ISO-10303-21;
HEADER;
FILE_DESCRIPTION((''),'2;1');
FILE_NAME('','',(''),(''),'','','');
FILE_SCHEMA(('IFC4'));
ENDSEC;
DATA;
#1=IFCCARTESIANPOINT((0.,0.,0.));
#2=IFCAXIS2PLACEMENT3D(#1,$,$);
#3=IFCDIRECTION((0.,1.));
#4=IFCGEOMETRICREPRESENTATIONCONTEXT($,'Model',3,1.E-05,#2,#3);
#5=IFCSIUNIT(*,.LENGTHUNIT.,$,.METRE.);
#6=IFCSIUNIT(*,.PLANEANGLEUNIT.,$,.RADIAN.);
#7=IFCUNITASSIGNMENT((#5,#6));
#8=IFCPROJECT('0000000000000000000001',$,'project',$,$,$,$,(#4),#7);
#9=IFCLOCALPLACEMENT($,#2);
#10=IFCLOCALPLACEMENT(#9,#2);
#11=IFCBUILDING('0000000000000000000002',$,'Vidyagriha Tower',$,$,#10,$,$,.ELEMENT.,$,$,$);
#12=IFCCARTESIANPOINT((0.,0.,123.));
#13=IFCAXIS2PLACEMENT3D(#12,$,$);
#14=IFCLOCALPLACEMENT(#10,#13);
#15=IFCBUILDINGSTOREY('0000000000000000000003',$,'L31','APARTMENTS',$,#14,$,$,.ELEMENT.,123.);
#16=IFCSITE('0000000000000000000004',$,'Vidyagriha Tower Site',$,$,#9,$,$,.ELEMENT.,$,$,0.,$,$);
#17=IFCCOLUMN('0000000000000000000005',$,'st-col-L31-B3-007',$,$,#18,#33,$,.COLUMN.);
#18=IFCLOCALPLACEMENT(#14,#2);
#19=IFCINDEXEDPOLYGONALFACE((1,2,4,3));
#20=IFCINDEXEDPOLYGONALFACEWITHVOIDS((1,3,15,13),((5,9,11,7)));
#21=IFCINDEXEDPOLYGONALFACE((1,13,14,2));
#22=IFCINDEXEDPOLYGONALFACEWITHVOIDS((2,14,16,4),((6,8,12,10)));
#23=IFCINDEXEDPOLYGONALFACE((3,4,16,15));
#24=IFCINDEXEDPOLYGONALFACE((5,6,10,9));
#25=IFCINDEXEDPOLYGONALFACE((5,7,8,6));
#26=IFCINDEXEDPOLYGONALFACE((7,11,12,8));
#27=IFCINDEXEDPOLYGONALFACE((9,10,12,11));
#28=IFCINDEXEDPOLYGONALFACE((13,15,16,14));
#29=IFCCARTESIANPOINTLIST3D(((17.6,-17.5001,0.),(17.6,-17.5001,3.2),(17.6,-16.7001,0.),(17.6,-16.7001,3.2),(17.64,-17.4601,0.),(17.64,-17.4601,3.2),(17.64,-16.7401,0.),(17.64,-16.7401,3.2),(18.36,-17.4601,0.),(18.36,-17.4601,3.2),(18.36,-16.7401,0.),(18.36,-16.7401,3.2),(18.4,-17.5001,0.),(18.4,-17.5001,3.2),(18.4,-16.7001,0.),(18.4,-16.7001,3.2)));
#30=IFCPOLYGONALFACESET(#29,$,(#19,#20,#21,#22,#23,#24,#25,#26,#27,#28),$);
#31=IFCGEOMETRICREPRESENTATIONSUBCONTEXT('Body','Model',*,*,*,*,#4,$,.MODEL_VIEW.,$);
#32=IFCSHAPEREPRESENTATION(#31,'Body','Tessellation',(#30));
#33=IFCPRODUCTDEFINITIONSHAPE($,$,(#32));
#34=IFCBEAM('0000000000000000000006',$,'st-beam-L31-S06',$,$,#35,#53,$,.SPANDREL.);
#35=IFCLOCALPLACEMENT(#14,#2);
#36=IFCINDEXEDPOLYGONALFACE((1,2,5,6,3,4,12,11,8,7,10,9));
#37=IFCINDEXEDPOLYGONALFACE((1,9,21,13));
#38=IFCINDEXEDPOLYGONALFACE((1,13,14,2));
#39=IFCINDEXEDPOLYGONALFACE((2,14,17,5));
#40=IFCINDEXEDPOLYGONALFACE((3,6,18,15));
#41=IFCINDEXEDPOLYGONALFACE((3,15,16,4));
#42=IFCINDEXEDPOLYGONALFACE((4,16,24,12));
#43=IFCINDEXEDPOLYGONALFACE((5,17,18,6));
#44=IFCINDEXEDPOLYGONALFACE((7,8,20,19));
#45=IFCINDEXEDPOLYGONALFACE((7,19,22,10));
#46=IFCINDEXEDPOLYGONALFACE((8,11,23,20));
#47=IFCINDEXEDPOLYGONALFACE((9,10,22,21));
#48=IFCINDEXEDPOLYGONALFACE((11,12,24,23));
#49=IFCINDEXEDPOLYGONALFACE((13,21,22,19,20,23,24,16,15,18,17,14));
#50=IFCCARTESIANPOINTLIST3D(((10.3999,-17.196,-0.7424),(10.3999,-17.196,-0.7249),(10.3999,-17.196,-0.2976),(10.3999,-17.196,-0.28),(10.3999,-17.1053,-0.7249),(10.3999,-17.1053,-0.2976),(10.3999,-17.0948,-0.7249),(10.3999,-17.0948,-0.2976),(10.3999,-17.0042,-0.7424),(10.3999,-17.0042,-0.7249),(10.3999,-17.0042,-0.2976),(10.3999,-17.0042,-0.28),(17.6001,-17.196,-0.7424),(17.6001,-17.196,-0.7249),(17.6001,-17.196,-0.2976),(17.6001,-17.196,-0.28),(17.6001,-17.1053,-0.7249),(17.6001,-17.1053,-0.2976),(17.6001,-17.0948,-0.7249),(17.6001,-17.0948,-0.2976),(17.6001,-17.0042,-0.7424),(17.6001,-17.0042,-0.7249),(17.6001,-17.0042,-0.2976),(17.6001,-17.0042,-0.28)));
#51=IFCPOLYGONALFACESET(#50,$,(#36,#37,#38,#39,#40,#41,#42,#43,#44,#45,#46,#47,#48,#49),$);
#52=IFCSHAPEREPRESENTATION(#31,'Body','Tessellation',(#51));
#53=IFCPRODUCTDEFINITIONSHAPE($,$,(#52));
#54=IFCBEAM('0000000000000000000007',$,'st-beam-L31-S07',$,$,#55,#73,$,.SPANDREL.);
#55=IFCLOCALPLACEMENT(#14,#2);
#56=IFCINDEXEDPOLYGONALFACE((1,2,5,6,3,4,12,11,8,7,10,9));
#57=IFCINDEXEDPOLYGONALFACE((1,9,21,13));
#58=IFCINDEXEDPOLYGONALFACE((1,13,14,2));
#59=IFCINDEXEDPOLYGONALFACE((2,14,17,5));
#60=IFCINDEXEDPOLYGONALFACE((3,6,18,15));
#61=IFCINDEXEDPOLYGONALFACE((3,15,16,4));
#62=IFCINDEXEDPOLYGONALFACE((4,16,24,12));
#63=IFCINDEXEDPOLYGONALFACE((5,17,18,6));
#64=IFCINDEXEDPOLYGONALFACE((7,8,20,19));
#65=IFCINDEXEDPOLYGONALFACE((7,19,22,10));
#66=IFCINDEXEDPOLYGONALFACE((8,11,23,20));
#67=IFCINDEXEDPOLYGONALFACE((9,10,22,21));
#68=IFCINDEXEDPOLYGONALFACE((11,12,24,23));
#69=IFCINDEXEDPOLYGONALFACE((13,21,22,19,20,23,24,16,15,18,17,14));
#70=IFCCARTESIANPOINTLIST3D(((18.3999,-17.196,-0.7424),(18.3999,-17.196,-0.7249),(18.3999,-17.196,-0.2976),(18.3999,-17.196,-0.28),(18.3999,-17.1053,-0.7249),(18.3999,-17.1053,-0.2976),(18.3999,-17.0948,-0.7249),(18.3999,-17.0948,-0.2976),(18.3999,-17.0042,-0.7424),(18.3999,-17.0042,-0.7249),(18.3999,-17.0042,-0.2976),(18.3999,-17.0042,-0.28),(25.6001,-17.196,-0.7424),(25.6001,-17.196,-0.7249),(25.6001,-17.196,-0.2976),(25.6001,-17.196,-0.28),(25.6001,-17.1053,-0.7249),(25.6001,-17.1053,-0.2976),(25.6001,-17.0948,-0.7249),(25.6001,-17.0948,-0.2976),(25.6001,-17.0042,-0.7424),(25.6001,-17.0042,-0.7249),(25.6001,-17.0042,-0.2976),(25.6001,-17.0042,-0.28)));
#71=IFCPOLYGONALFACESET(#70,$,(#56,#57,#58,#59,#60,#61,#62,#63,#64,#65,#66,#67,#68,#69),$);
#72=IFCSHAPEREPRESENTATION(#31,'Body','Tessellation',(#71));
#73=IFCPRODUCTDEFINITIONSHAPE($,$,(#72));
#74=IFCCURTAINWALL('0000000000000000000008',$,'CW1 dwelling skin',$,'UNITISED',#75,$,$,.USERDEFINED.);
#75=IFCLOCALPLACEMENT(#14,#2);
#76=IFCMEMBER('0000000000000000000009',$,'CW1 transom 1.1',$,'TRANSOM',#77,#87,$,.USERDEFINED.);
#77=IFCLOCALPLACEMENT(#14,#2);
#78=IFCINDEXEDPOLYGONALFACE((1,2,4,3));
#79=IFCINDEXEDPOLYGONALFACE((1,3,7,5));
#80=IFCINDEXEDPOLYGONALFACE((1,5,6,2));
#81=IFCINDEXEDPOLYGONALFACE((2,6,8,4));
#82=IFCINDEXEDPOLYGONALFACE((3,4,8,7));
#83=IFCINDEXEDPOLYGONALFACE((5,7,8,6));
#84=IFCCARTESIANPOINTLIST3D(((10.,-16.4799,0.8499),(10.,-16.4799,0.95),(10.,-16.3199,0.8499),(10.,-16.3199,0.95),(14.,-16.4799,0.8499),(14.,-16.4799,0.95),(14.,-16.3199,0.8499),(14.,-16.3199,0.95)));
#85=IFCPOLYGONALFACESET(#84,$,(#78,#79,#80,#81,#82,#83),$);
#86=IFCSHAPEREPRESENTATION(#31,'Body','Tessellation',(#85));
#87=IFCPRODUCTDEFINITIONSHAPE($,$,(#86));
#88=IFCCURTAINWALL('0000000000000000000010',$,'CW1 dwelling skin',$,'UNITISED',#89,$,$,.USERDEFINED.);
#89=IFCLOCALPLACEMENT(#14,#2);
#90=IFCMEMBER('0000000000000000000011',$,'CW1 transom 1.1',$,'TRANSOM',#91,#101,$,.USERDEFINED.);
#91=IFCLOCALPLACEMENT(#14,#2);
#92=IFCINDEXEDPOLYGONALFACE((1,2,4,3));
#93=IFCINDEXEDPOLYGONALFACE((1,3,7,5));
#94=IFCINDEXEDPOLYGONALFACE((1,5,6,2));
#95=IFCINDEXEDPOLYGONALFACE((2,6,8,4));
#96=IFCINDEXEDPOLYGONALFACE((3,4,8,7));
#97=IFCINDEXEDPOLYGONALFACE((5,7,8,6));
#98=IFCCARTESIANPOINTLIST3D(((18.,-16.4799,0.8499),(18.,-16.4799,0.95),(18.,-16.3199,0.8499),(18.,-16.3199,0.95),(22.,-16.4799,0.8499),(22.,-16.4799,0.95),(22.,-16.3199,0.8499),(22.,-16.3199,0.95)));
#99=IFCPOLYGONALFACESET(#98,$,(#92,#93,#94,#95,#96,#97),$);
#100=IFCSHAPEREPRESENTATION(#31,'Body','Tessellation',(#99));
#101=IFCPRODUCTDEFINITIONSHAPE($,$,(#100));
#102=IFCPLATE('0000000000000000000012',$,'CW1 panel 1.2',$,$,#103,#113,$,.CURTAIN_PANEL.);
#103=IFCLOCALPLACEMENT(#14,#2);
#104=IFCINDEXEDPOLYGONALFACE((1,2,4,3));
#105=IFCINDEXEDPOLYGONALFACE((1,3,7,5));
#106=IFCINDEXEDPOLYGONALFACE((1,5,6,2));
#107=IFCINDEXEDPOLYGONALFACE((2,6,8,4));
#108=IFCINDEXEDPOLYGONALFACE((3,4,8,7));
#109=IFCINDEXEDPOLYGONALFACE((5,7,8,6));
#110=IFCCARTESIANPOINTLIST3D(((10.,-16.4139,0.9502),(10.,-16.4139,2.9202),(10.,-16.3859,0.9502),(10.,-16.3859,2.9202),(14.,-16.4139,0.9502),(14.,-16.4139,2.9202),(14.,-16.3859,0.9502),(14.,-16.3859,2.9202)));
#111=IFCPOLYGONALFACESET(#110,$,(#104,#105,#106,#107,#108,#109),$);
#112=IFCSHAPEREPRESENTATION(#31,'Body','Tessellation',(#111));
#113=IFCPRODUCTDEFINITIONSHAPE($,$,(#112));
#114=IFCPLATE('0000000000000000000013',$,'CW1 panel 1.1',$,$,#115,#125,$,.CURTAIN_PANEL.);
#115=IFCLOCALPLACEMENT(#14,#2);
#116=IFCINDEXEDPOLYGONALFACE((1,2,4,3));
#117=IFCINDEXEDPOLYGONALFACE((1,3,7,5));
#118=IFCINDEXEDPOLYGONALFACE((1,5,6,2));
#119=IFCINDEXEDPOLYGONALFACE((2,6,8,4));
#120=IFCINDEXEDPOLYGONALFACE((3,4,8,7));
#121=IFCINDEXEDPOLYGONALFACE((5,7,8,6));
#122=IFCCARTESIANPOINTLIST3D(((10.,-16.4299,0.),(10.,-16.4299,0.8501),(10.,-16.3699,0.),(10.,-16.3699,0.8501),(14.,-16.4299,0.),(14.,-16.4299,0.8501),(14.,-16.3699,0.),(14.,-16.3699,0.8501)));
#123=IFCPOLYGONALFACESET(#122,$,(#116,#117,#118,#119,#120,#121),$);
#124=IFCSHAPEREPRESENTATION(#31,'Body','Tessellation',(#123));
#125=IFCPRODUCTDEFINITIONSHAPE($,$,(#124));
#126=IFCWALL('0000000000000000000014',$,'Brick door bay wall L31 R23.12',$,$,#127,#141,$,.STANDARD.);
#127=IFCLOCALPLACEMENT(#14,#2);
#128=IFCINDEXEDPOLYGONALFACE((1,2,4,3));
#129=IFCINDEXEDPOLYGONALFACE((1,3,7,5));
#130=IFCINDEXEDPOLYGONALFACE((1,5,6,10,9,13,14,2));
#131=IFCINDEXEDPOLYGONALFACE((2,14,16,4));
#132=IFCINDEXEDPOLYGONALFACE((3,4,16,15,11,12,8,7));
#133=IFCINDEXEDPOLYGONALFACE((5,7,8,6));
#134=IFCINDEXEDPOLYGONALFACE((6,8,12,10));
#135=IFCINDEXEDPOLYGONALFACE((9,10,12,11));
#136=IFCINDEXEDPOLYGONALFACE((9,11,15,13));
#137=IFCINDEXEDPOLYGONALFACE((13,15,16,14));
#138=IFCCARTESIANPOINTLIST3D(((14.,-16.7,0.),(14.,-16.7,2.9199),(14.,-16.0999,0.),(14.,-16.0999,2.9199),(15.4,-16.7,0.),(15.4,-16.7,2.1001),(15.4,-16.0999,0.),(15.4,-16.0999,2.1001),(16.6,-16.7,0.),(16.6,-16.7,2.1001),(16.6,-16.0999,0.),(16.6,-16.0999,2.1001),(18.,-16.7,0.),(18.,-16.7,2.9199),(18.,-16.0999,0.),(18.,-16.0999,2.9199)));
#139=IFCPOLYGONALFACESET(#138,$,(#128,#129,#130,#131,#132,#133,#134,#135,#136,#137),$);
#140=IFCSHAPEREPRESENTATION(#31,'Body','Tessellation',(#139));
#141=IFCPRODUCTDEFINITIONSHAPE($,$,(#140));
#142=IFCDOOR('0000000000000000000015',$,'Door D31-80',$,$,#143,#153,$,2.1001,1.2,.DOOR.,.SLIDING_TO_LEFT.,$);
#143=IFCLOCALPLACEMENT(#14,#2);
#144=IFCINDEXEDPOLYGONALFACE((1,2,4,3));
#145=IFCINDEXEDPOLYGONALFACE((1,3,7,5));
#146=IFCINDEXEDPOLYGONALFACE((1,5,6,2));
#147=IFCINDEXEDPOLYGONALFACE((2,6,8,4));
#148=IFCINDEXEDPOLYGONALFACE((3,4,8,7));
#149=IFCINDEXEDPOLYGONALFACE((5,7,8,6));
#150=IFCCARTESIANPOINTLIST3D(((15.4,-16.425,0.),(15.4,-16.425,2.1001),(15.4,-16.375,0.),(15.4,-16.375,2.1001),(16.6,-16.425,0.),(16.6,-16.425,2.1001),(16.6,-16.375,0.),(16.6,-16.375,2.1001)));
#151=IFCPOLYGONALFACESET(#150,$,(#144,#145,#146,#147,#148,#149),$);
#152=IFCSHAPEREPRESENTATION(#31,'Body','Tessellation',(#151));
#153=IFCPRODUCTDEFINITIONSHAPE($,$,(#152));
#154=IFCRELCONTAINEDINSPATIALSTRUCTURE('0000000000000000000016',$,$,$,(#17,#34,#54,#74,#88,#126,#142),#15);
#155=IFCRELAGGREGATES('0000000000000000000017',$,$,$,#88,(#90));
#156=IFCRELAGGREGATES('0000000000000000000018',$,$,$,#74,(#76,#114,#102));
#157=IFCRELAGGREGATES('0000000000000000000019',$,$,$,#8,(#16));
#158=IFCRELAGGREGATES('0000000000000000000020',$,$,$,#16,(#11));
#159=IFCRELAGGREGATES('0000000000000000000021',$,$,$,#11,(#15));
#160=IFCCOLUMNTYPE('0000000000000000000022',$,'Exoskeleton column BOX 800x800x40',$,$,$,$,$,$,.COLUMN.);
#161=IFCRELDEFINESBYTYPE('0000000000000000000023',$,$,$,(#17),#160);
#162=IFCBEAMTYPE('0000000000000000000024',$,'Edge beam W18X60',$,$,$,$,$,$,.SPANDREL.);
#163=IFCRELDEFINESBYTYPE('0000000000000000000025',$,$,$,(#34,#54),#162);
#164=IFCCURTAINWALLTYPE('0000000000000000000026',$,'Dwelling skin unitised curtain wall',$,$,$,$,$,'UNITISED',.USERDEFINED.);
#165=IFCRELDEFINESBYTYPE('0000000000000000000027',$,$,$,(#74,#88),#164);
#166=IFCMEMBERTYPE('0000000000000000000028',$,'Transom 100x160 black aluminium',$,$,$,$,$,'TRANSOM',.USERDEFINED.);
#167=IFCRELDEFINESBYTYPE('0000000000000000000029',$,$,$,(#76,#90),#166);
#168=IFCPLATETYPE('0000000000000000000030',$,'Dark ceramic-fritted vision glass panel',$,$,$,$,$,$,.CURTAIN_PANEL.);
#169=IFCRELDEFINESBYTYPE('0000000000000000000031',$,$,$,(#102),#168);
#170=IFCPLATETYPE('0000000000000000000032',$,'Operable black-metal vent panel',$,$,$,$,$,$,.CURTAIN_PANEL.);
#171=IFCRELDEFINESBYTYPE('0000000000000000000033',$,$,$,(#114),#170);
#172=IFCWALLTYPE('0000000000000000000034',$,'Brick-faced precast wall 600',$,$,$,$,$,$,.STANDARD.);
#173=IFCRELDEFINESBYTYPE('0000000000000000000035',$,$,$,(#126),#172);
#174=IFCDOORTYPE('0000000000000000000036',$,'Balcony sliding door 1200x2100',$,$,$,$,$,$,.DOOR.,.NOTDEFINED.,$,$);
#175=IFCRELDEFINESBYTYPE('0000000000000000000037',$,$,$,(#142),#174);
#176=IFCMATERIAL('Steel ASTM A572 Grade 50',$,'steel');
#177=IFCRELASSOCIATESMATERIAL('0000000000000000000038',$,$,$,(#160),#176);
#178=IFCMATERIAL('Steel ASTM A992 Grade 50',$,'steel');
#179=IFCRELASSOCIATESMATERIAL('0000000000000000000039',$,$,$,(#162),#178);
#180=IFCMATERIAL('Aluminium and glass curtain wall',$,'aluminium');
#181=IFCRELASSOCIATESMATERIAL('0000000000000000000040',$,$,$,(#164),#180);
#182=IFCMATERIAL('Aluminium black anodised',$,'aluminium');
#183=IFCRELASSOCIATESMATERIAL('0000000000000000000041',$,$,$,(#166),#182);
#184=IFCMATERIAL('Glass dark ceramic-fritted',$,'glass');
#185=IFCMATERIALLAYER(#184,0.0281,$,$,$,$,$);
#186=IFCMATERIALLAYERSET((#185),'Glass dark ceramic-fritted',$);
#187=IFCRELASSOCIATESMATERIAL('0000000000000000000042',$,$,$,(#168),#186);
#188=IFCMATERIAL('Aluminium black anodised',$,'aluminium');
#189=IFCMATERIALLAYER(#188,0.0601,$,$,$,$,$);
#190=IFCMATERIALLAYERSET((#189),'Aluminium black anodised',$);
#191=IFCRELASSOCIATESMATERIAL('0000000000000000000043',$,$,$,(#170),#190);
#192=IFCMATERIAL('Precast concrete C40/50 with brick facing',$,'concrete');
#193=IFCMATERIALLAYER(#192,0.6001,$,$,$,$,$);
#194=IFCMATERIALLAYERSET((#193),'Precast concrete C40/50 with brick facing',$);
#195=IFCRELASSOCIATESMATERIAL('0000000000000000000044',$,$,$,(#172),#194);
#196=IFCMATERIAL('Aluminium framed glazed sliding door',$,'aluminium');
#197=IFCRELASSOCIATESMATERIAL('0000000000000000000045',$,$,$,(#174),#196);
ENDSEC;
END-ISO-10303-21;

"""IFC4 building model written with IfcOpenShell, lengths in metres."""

from ifc_helpers import new_model, si_unit, direction, frame, frame_2d, origin, origin_2d, place, context, subcontext, project, spatial, rectangle, hollow_rectangle, i_section, extrude, material, layer, layer_set, material_profile, profile_set, type_object, element, fill, aggregate, save


model = new_model("IFC4")

# Units and contexts
model_context = context("Model", 3, precision=1e-05, world=origin(), true_north=direction((0.0, 1.0)))
body_context = subcontext(model_context, "Body", "Model", "MODEL_VIEW")
ifc_project = project(units=[si_unit("LENGTHUNIT", "METRE"), si_unit("PLANEANGLEUNIT", "RADIAN")], contexts=[model_context])

# Site, building, storey
site_placement = place(None, origin())
site = spatial("IfcSite", under=ifc_project, at=site_placement, Name="Vidyagriha Tower Site", CompositionType="ELEMENT", RefElevation=0.0)
building_placement = place(site_placement, origin())
building = spatial("IfcBuilding", under=site, at=building_placement, Name="Vidyagriha Tower", CompositionType="ELEMENT")
storey_placement = place(building_placement, frame((0.0, 0.0, 123.0)))
storey = spatial("IfcBuildingStorey", under=building, at=storey_placement, Name="L31", Description="APARTMENTS", CompositionType="ELEMENT", Elevation=123.0)

# Column
ifc_material_1 = material(Name="Steel ASTM A572 Grade 50", Category="steel")
ifc_material_profile_1 = material_profile(ifc_material_1, hollow_rectangle(XDim=0.8, YDim=0.8, WallThickness=0.04, at=origin_2d()), Name="BOX 800x800x40")
ifc_profile_set_1 = profile_set([ifc_material_profile_1], Name="Steel ASTM A572 Grade 50")
column_type = type_object("IfcColumnType", Name="Exoskeleton column BOX 800x800x40", PredefinedType="COLUMN", material=ifc_profile_set_1)
column_placement = place(storey_placement, frame((18.0, -17.1001, 0.0)))
element("IfcColumn", 1, at=column_placement, inside=storey, type_object=column_type, Name="st-col-L31-B3-007", PredefinedType="COLUMN", context=body_context, shape_type="SweptSolid", body=[
    extrude(hollow_rectangle(XDim=0.8, YDim=0.8, WallThickness=0.04, at=origin_2d()), origin(), (0.0, 0.0, 1.0), 3.2),
])

# Beams
ifc_material_2 = material(Name="Steel ASTM A992 Grade 50", Category="steel")
ifc_material_profile_2 = material_profile(ifc_material_2, i_section(OverallWidth=0.1919, OverallDepth=0.4624, WebThickness=0.0105, FlangeThickness=0.0176, at=origin_2d()), Name="W18X60")
ifc_profile_set_2 = profile_set([ifc_material_profile_2], Name="Steel ASTM A992 Grade 50")
beam_type = type_object("IfcBeamType", Name="Edge beam W18X60", PredefinedType="SPANDREL", material=ifc_profile_set_2)
for number, where, z_axis, x_axis, name in (
    (2, (10.3999, -17.1001, -0.5112), (1.0, 0.0, 0.0), (0.0, 1.0, 0.0), "st-beam-L31-S06"),
    (3, (18.3999, -17.1001, -0.5112), (1.0, 0.0, 0.0), (0.0, 1.0, 0.0), "st-beam-L31-S07"),
):
    element("IfcBeam", number, at=place(storey_placement, frame(where, z_axis=z_axis, x_axis=x_axis)), inside=storey, type_object=beam_type, Name=name, PredefinedType="SPANDREL", context=body_context, shape_type="SweptSolid", body=[
        extrude(i_section(OverallWidth=0.1919, OverallDepth=0.4624, WebThickness=0.0105, FlangeThickness=0.0176, at=origin_2d()), origin(), (0.0, 0.0, 1.0), 7.2002),
    ])

# Curtain walls, members
ifc_material_3 = material(Name="Aluminium and glass curtain wall", Category="aluminium")
curtain_wall_type = type_object("IfcCurtainWallType", Name="Dwelling skin unitised curtain wall", ElementType="UNITISED", PredefinedType="USERDEFINED", material=ifc_material_3)
curtain_wall_1_placement = place(storey_placement, origin())
curtain_wall_1 = element("IfcCurtainWall", 4, at=curtain_wall_1_placement, inside=storey, type_object=curtain_wall_type, Name="CW1 dwelling skin", ObjectType="UNITISED", PredefinedType="USERDEFINED")
ifc_material_4 = material(Name="Aluminium black anodised", Category="aluminium")
ifc_material_profile_3 = material_profile(ifc_material_4, rectangle(XDim=0.1599, YDim=0.1001, at=origin_2d()), Name="Transom 100x160 black aluminium")
ifc_profile_set_3 = profile_set([ifc_material_profile_3], Name="Aluminium black anodised")
member_type = type_object("IfcMemberType", Name="Transom 100x160 black aluminium", ElementType="TRANSOM", PredefinedType="USERDEFINED", material=ifc_profile_set_3)
member_1_placement = place(storey_placement, frame((10.0, -16.3999, 0.8999), z_axis=(1.0, 0.0, 0.0), x_axis=(0.0, 1.0, 0.0)))
member_1 = element("IfcMember", 5, at=member_1_placement, type_object=member_type, Name="CW1 transom 1.1", ObjectType="TRANSOM", PredefinedType="USERDEFINED", context=body_context, shape_type="SweptSolid", body=[
    extrude(rectangle(XDim=0.1599, YDim=0.1001, at=origin_2d()), origin(), (0.0, 0.0, 1.0), 4.0),
])
curtain_wall_2_placement = place(storey_placement, origin())
curtain_wall_2 = element("IfcCurtainWall", 6, at=curtain_wall_2_placement, inside=storey, type_object=curtain_wall_type, Name="CW1 dwelling skin", ObjectType="UNITISED", PredefinedType="USERDEFINED")
member_2_placement = place(storey_placement, frame((18.0, -16.3999, 0.8999), z_axis=(1.0, 0.0, 0.0), x_axis=(0.0, 1.0, 0.0)))
member_2 = element("IfcMember", 7, at=member_2_placement, type_object=member_type, Name="CW1 transom 1.1", ObjectType="TRANSOM", PredefinedType="USERDEFINED", context=body_context, shape_type="SweptSolid", body=[
    extrude(rectangle(XDim=0.1599, YDim=0.1001, at=origin_2d()), origin(), (0.0, 0.0, 1.0), 4.0),
])
aggregate(curtain_wall_2, [member_2])

# Plates
ifc_material_5 = material(Name="Glass dark ceramic-fritted", Category="glass")
ifc_layer_1 = layer(ifc_material_5, 0.0281)
ifc_layer_set_1 = layer_set([ifc_layer_1], Name="Glass dark ceramic-fritted")
plate_type_1 = type_object("IfcPlateType", Name="Dark ceramic-fritted vision glass panel", PredefinedType="CURTAIN_PANEL", material=ifc_layer_set_1)
plate_1_placement = place(storey_placement, frame((12.0, -16.3999, 0.9502)))
plate_1 = element("IfcPlate", 8, at=plate_1_placement, type_object=plate_type_1, Name="CW1 panel 1.2", PredefinedType="CURTAIN_PANEL", context=body_context, shape_type="SweptSolid", body=[
    extrude(rectangle(XDim=4.0, YDim=0.0281, at=origin_2d()), origin(), (0.0, 0.0, 1.0), 1.97),
])
ifc_material_6 = material(Name="Aluminium black anodised", Category="aluminium")
ifc_layer_2 = layer(ifc_material_6, 0.0601)
ifc_layer_set_2 = layer_set([ifc_layer_2], Name="Aluminium black anodised")
plate_type_2 = type_object("IfcPlateType", Name="Operable black-metal vent panel", PredefinedType="CURTAIN_PANEL", material=ifc_layer_set_2)
plate_2_placement = place(storey_placement, frame((12.0, -16.3999, 0.0)))
plate_2 = element("IfcPlate", 9, at=plate_2_placement, type_object=plate_type_2, Name="CW1 panel 1.1", PredefinedType="CURTAIN_PANEL", context=body_context, shape_type="SweptSolid", body=[
    extrude(rectangle(XDim=4.0, YDim=0.0601, at=origin_2d()), origin(), (0.0, 0.0, 1.0), 0.8501),
])
aggregate(curtain_wall_1, [member_1, plate_2, plate_1])

# Wall, opening, door
ifc_material_7 = material(Name="Precast concrete C40/50 with brick facing", Category="concrete")
ifc_layer_3 = layer(ifc_material_7, 0.6001)
ifc_layer_set_3 = layer_set([ifc_layer_3], Name="Precast concrete C40/50 with brick facing")
wall_type = type_object("IfcWallType", Name="Brick-faced precast wall 600", PredefinedType="STANDARD", material=ifc_layer_set_3)
wall_placement = place(storey_placement, frame((14.0, -16.3999, 0.0)))
wall = element("IfcWall", 10, at=wall_placement, inside=storey, type_object=wall_type, Name="Brick door bay wall L31 R23.12", PredefinedType="STANDARD", context=body_context, shape_type="SweptSolid", body=[
    extrude(rectangle(XDim=4.0, YDim=0.6001, at=frame_2d((2.0, 0.0))), origin(), (0.0, 0.0, 1.0), 2.9199),
])
opening_placement = place(wall_placement, frame((1.3999, 0.0, 0.0)))
opening = element("IfcOpeningElement", 11, at=opening_placement, cuts=wall, PredefinedType="OPENING", context=body_context, shape_type="SweptSolid", body=[
    extrude(rectangle(XDim=1.2, YDim=2.1001, at=frame_2d((0.6001, 1.05))), frame((0.0, 0.3101, 0.0), z_axis=(0.0, -1.0, 0.0), x_axis=(1.0, 0.0, 0.0)), (0.0, 0.0, 1.0), 0.6201),
])
ifc_material_8 = material(Name="Aluminium framed glazed sliding door", Category="aluminium")
door_type = type_object("IfcDoorType", Name="Balcony sliding door 1200x2100", OperationType="NOTDEFINED", PredefinedType="DOOR", material=ifc_material_8)
door_placement = place(opening_placement, origin())
door = element("IfcDoor", 12, at=door_placement, inside=storey, type_object=door_type, Name="Door D31-80", OperationType="SLIDING_TO_LEFT", OverallHeight=2.1001, OverallWidth=1.2, PredefinedType="DOOR", context=body_context, shape_type="SweptSolid", body=[
    extrude(rectangle(XDim=1.2, YDim=2.1001, at=frame_2d((0.6001, 1.05))), frame((0.0, 0.0249, 0.0), z_axis=(0.0, -1.0, 0.0), x_axis=(1.0, 0.0, 0.0)), (0.0, 0.0, 1.0), 0.05),
])
fill(opening, door)

save(model, "model.ifc")
